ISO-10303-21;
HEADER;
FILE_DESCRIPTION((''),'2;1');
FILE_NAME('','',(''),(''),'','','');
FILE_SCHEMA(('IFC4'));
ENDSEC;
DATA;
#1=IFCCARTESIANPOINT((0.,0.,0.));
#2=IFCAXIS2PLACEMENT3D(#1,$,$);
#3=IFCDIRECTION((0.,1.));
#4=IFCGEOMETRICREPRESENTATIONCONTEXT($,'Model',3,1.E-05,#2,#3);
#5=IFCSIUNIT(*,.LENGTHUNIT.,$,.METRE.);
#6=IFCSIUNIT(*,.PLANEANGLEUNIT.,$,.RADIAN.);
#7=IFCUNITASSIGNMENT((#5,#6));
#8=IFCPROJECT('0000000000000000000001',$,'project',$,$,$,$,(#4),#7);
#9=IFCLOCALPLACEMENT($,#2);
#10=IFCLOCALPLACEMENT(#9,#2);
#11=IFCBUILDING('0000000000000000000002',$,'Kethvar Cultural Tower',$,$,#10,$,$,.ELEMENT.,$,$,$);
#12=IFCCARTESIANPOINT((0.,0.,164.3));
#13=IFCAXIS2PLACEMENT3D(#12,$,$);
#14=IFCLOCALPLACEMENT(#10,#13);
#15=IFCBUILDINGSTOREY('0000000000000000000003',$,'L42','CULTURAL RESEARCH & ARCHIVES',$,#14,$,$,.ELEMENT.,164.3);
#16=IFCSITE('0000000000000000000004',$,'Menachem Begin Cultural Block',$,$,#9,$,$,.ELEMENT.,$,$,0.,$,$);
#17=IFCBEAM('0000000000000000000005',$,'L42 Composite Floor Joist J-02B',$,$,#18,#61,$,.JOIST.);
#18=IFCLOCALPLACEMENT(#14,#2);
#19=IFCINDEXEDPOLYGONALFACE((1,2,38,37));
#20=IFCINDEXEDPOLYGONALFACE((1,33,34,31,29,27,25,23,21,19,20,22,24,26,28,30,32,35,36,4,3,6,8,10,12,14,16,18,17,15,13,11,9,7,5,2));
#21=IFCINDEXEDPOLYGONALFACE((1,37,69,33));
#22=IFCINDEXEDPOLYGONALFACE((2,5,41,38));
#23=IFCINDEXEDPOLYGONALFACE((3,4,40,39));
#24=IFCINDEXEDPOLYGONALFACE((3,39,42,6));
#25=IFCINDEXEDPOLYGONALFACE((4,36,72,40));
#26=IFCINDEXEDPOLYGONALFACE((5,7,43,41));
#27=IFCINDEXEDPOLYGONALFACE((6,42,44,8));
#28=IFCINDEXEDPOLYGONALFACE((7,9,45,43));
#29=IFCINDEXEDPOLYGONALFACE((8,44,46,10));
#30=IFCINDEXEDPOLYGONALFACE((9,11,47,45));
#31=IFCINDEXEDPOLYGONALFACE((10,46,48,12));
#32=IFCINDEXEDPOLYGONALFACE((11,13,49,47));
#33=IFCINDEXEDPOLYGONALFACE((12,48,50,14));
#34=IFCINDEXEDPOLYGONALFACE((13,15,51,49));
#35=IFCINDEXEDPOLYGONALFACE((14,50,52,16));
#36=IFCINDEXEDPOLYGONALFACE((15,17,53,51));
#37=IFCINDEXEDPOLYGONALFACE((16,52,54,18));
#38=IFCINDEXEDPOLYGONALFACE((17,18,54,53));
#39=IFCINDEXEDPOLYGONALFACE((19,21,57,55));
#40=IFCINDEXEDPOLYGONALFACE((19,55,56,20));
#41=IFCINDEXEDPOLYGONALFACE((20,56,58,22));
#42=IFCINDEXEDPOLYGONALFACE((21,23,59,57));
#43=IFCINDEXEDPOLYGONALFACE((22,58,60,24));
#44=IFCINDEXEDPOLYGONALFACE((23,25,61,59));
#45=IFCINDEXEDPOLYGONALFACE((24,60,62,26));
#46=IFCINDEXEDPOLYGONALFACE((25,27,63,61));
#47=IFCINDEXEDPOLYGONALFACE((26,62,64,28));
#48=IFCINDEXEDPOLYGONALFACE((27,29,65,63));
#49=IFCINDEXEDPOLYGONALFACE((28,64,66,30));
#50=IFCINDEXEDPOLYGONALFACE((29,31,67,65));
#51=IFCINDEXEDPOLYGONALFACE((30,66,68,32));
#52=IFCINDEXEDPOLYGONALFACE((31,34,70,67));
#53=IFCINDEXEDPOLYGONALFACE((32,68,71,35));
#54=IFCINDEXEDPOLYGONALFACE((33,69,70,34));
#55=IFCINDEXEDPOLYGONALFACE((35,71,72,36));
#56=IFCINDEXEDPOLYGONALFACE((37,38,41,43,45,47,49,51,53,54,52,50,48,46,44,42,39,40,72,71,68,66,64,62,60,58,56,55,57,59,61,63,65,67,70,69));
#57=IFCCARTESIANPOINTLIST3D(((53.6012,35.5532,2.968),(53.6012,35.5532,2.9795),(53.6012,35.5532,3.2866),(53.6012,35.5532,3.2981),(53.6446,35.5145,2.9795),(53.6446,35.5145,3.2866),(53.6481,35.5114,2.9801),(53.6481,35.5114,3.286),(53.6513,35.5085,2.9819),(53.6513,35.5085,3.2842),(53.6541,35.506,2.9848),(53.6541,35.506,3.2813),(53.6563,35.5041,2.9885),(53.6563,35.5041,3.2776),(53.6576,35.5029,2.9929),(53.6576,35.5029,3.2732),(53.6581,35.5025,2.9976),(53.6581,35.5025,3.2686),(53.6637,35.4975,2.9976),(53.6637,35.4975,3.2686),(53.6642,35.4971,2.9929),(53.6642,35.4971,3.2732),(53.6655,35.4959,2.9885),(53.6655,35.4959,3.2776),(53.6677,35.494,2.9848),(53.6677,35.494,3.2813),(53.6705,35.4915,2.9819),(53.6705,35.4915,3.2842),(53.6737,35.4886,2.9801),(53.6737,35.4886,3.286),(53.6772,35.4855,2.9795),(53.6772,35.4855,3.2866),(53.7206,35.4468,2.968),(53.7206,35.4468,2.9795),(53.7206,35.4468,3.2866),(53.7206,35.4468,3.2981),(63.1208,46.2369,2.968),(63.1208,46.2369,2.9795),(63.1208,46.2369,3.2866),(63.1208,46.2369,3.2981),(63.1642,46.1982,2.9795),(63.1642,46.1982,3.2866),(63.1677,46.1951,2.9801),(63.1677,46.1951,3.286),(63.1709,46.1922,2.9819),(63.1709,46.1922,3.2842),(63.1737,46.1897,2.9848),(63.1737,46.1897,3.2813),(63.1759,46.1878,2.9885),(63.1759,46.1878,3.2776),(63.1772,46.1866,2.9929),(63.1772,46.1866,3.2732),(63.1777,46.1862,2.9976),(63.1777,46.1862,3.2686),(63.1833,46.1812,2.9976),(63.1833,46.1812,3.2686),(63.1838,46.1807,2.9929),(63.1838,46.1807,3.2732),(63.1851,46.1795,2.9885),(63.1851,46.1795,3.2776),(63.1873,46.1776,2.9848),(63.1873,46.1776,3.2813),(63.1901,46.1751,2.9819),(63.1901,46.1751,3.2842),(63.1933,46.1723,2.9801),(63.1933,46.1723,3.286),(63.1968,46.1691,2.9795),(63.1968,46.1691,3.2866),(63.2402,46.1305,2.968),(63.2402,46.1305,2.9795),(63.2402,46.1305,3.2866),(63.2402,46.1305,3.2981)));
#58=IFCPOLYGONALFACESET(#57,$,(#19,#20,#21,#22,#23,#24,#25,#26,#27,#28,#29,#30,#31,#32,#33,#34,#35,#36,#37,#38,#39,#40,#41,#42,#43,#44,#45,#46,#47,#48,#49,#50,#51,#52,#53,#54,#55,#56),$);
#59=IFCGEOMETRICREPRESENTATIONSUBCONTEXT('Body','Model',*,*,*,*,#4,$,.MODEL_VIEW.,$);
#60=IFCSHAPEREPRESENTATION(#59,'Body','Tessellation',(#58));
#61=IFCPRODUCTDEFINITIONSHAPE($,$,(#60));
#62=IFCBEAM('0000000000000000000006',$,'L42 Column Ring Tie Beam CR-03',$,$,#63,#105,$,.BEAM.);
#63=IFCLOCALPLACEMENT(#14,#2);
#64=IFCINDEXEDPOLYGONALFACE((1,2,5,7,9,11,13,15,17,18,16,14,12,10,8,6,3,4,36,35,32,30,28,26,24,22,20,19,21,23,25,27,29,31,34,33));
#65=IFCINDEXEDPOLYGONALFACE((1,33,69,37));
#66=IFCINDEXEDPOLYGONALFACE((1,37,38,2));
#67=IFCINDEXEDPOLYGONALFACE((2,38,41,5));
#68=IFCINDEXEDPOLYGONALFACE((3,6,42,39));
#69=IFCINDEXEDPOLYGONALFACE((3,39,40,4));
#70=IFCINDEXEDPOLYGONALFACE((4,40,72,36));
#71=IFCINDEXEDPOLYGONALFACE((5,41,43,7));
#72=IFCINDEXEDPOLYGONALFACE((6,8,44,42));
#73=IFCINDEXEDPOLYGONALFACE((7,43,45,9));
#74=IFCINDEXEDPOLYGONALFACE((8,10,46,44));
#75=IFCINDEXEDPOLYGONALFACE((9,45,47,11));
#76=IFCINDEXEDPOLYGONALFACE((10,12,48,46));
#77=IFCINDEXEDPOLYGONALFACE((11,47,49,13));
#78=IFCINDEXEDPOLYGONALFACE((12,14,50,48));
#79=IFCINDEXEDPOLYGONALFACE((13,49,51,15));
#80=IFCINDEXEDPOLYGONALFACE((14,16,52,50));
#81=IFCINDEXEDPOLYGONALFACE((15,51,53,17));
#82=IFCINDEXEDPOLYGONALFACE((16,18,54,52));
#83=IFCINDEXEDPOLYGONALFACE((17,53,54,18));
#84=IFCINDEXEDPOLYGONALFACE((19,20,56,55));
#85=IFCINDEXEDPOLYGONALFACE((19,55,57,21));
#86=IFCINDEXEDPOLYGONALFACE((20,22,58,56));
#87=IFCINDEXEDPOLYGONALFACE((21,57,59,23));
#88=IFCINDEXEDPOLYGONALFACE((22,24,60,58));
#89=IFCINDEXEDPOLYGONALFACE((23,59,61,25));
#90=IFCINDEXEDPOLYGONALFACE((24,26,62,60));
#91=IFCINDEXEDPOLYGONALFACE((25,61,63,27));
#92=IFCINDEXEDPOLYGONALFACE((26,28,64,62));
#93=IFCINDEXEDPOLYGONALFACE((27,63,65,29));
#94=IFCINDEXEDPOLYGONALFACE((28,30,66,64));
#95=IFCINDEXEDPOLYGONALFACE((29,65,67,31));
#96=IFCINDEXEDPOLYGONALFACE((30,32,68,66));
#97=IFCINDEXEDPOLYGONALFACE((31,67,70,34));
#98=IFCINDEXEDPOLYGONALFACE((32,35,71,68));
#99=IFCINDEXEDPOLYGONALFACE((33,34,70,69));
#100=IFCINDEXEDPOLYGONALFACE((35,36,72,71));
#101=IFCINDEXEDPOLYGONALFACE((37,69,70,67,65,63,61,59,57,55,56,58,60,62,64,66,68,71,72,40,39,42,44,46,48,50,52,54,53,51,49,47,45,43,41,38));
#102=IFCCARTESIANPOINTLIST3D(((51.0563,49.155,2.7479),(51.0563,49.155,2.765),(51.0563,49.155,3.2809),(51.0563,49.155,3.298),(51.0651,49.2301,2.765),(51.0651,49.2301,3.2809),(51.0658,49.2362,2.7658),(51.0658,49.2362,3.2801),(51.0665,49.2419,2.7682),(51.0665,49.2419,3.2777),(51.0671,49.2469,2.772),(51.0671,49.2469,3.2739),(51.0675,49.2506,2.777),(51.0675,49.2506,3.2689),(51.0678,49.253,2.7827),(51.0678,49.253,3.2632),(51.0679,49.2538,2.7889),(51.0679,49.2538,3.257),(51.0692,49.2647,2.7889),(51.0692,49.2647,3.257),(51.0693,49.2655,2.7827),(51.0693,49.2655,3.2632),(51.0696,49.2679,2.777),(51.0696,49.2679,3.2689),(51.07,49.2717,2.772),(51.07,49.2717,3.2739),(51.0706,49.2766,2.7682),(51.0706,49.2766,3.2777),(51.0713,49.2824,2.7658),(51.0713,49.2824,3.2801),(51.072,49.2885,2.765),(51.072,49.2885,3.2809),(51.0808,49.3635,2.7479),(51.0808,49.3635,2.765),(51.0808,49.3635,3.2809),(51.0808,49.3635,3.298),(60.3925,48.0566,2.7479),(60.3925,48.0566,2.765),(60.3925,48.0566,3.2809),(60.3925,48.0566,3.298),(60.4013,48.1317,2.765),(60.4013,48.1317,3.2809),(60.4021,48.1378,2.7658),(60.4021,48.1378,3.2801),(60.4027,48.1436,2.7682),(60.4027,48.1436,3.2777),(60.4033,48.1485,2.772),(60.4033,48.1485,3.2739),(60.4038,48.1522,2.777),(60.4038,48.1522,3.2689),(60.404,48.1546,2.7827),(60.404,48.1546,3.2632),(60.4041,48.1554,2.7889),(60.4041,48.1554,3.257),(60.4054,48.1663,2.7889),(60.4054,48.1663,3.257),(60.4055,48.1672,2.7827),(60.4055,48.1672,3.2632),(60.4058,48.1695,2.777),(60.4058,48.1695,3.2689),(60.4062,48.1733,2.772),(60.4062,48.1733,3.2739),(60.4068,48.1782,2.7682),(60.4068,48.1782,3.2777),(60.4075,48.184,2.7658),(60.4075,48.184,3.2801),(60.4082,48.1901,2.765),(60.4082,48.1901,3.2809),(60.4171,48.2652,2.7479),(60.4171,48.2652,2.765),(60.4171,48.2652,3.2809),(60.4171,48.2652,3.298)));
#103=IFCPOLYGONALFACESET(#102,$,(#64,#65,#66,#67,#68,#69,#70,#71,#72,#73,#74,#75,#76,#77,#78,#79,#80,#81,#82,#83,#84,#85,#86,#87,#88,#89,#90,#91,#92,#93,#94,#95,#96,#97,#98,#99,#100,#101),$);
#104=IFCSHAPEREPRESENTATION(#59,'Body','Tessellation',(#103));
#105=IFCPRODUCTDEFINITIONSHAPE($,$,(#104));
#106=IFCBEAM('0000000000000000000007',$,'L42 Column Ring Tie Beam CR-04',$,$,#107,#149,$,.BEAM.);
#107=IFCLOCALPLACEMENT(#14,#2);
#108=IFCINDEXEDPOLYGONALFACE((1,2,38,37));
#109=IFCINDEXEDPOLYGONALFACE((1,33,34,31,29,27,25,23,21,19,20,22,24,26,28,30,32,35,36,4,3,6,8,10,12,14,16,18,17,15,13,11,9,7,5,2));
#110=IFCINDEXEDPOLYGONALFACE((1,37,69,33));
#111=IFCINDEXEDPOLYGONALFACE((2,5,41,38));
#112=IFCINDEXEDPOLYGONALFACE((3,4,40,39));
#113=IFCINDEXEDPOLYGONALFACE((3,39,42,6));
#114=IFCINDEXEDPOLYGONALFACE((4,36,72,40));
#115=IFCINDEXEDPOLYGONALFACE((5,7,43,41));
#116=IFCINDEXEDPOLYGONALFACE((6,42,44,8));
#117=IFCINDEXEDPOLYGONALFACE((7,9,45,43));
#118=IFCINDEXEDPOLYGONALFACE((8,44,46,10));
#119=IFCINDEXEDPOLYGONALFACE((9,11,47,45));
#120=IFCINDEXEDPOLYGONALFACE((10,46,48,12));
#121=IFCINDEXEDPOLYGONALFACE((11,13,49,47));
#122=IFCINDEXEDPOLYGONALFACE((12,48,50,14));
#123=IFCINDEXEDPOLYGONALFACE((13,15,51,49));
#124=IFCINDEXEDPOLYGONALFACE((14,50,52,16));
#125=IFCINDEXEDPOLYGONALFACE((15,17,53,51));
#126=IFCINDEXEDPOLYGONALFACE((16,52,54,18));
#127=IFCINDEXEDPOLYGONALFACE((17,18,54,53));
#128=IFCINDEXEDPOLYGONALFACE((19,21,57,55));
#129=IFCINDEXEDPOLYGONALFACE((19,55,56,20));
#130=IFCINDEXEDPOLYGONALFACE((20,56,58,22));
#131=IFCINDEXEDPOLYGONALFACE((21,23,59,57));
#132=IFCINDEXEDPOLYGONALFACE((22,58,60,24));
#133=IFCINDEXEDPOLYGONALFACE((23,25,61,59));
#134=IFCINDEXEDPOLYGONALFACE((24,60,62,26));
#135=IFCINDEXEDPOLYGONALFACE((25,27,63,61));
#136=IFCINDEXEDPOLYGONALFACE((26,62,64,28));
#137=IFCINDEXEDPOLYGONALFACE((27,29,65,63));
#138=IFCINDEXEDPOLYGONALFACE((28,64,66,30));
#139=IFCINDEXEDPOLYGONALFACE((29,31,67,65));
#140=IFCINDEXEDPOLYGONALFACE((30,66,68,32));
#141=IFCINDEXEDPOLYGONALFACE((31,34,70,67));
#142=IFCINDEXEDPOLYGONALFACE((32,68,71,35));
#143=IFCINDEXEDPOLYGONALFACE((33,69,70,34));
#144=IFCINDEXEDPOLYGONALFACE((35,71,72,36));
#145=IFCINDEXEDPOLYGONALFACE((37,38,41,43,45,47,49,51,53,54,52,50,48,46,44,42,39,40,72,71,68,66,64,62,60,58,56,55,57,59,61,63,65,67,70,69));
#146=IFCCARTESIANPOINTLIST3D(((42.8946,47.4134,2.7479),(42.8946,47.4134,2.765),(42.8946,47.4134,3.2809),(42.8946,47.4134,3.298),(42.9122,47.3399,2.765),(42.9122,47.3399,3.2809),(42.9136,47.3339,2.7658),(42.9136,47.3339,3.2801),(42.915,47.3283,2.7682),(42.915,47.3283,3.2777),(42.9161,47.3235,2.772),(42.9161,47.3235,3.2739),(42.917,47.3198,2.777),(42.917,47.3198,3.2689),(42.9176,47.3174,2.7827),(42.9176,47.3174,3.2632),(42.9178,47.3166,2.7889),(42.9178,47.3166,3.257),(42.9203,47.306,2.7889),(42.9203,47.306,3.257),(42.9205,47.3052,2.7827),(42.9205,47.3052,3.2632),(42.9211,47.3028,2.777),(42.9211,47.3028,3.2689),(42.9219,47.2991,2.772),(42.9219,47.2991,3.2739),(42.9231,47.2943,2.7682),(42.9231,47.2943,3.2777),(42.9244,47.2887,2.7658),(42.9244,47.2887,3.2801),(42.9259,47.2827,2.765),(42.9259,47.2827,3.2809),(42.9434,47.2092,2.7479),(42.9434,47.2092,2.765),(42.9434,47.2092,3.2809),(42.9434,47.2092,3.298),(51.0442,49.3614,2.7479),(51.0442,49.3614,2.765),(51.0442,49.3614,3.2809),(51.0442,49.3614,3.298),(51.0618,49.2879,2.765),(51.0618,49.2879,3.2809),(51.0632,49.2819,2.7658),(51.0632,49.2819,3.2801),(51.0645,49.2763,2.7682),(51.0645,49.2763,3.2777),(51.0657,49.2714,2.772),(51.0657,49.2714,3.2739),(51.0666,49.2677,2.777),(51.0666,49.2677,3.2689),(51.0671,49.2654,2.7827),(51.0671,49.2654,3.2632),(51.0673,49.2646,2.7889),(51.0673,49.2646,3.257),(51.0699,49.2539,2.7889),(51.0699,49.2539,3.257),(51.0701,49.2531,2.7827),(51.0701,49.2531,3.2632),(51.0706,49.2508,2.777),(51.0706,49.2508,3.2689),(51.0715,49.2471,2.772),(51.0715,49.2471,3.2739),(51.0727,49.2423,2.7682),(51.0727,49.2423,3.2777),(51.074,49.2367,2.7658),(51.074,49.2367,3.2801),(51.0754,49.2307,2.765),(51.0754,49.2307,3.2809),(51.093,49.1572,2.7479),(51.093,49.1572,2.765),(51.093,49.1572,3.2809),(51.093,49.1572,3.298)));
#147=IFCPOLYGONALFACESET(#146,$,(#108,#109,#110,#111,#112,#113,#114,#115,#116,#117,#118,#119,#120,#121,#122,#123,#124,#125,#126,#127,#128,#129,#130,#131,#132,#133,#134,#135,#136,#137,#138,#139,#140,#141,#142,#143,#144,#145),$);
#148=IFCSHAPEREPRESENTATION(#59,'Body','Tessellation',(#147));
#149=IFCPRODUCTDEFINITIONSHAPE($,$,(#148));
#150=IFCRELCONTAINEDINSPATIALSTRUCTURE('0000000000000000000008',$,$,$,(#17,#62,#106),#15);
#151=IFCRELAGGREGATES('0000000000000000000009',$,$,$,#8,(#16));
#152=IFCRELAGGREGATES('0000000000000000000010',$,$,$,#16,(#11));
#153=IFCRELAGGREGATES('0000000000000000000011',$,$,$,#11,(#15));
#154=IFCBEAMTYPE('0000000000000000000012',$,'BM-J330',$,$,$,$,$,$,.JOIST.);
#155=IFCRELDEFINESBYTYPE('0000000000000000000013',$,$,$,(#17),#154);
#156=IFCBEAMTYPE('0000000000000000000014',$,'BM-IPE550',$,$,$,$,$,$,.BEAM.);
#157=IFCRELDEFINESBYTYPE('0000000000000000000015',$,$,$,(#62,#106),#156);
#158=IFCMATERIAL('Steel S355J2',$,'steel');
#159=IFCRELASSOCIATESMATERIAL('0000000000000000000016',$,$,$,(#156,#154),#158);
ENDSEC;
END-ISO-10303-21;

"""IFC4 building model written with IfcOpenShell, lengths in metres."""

from ifc_helpers import new_model, si_unit, direction, frame, origin, origin_2d, place, context, subcontext, project, spatial, i_section, extrude, source, transform, mapped, material, material_profile, profile_set, type_object, element, save


model = new_model("IFC4")

# Units and contexts
model_context = context("Model", 3, precision=1e-05, world=origin(), true_north=direction((0.0, 1.0)))
body_context = subcontext(model_context, "Body", "Model", "MODEL_VIEW")
ifc_project = project(units=[si_unit("LENGTHUNIT", "METRE"), si_unit("PLANEANGLEUNIT", "RADIAN")], contexts=[model_context])

# Site, building, storey
site_placement = place(None, origin())
site = spatial("IfcSite", under=ifc_project, at=site_placement, Name="Menachem Begin Cultural Block", CompositionType="ELEMENT", RefElevation=0.0)
building_placement = place(site_placement, origin())
building = spatial("IfcBuilding", under=site, at=building_placement, Name="Kethvar Cultural Tower", CompositionType="ELEMENT")
storey_placement = place(building_placement, frame((0.0, 0.0, 164.3)))
storey = spatial("IfcBuildingStorey", under=building, at=storey_placement, Name="L42", Description="CULTURAL RESEARCH & ARCHIVES", CompositionType="ELEMENT", Elevation=164.3)

# Beams
ifc_material_1 = material(Name="Steel S355J2", Category="steel")
ifc_material_profile_1 = material_profile(ifc_material_1, i_section(OverallWidth=0.21, OverallDepth=0.55, WebThickness=0.011, FlangeThickness=0.0171, FilletRadius=0.0239, at=origin_2d()), Name="Steel S355J2 — IPE550")
ifc_profile_set_1 = profile_set([ifc_material_profile_1], Name="Steel S355J2 — IPE550")
beam_type_1 = type_object("IfcBeamType", Name="BM-IPE550", PredefinedType="BEAM", material=ifc_profile_set_1)
ifc_material_profile_2 = material_profile(ifc_material_1, i_section(OverallWidth=0.1599, OverallDepth=0.3301, WebThickness=0.0076, FlangeThickness=0.0115, FilletRadius=0.0181, at=origin_2d()), Name="Steel S355J2 — IPE330")
ifc_profile_set_2 = profile_set([ifc_material_profile_2], Name="Steel S355J2 — IPE330")
beam_type_2 = type_object("IfcBeamType", Name="BM-J330", PredefinedType="JOIST", material=ifc_profile_set_2)
shared_shape_1 = source(origin(), body_context, "Body", "SweptSolid", [
    extrude(i_section(OverallWidth=0.1599, OverallDepth=0.3301, WebThickness=0.0076, FlangeThickness=0.0115, FilletRadius=0.0181, at=origin_2d()), origin(), (0.0, 0.0, 1.0), 14.3096),
])
beam_1_placement = place(storey_placement, frame((53.6609, 35.5, 3.1331), z_axis=(0.665261, 0.746611, 0.0), x_axis=(-0.746611, 0.665261, 0.0)))
element("IfcBeam", 1, at=beam_1_placement, inside=storey, type_object=beam_type_2, Name="L42 Composite Floor Joist J-02B", PredefinedType="JOIST", context=body_context, shape_type="MappedRepresentation", body=[
    mapped(shared_shape_1, transform((0.0, 0.0, 0.0), scale=1.0)),
])
shared_shape_2 = source(origin(), body_context, "Body", "SweptSolid", [
    extrude(i_section(OverallWidth=0.21, OverallDepth=0.55, WebThickness=0.011, FlangeThickness=0.0171, FilletRadius=0.0239, at=origin_2d()), origin(), (0.0, 0.0, 1.0), 9.4006),
])
beam_2_placement = place(storey_placement, frame((60.4048, 48.1609, 3.0229), z_axis=(-0.99315, 0.116843, 0.0), x_axis=(-0.116843, -0.99315, 0.0)))
element("IfcBeam", 2, at=beam_2_placement, inside=storey, type_object=beam_type_1, Name="L42 Column Ring Tie Beam CR-03", PredefinedType="BEAM", context=body_context, shape_type="MappedRepresentation", body=[
    mapped(shared_shape_2, transform((0.0, 0.0, 0.0), scale=1.0)),
])
shared_shape_3 = source(origin(), body_context, "Body", "SweptSolid", [
    extrude(i_section(OverallWidth=0.21, OverallDepth=0.55, WebThickness=0.011, FlangeThickness=0.0171, FilletRadius=0.0239, at=origin_2d()), origin(), (0.0, 0.0, 1.0), 8.3792),
])
beam_3_placement = place(storey_placement, frame((51.0686, 49.2593, 3.0229), z_axis=(-0.972601, -0.232479, 0.0), x_axis=(0.232479, -0.972601, 0.0)))
element("IfcBeam", 3, at=beam_3_placement, inside=storey, type_object=beam_type_1, Name="L42 Column Ring Tie Beam CR-04", PredefinedType="BEAM", context=body_context, shape_type="MappedRepresentation", body=[
    mapped(shared_shape_3, transform((0.0, 0.0, 0.0), scale=1.0)),
])

save(model, "model.ifc")
